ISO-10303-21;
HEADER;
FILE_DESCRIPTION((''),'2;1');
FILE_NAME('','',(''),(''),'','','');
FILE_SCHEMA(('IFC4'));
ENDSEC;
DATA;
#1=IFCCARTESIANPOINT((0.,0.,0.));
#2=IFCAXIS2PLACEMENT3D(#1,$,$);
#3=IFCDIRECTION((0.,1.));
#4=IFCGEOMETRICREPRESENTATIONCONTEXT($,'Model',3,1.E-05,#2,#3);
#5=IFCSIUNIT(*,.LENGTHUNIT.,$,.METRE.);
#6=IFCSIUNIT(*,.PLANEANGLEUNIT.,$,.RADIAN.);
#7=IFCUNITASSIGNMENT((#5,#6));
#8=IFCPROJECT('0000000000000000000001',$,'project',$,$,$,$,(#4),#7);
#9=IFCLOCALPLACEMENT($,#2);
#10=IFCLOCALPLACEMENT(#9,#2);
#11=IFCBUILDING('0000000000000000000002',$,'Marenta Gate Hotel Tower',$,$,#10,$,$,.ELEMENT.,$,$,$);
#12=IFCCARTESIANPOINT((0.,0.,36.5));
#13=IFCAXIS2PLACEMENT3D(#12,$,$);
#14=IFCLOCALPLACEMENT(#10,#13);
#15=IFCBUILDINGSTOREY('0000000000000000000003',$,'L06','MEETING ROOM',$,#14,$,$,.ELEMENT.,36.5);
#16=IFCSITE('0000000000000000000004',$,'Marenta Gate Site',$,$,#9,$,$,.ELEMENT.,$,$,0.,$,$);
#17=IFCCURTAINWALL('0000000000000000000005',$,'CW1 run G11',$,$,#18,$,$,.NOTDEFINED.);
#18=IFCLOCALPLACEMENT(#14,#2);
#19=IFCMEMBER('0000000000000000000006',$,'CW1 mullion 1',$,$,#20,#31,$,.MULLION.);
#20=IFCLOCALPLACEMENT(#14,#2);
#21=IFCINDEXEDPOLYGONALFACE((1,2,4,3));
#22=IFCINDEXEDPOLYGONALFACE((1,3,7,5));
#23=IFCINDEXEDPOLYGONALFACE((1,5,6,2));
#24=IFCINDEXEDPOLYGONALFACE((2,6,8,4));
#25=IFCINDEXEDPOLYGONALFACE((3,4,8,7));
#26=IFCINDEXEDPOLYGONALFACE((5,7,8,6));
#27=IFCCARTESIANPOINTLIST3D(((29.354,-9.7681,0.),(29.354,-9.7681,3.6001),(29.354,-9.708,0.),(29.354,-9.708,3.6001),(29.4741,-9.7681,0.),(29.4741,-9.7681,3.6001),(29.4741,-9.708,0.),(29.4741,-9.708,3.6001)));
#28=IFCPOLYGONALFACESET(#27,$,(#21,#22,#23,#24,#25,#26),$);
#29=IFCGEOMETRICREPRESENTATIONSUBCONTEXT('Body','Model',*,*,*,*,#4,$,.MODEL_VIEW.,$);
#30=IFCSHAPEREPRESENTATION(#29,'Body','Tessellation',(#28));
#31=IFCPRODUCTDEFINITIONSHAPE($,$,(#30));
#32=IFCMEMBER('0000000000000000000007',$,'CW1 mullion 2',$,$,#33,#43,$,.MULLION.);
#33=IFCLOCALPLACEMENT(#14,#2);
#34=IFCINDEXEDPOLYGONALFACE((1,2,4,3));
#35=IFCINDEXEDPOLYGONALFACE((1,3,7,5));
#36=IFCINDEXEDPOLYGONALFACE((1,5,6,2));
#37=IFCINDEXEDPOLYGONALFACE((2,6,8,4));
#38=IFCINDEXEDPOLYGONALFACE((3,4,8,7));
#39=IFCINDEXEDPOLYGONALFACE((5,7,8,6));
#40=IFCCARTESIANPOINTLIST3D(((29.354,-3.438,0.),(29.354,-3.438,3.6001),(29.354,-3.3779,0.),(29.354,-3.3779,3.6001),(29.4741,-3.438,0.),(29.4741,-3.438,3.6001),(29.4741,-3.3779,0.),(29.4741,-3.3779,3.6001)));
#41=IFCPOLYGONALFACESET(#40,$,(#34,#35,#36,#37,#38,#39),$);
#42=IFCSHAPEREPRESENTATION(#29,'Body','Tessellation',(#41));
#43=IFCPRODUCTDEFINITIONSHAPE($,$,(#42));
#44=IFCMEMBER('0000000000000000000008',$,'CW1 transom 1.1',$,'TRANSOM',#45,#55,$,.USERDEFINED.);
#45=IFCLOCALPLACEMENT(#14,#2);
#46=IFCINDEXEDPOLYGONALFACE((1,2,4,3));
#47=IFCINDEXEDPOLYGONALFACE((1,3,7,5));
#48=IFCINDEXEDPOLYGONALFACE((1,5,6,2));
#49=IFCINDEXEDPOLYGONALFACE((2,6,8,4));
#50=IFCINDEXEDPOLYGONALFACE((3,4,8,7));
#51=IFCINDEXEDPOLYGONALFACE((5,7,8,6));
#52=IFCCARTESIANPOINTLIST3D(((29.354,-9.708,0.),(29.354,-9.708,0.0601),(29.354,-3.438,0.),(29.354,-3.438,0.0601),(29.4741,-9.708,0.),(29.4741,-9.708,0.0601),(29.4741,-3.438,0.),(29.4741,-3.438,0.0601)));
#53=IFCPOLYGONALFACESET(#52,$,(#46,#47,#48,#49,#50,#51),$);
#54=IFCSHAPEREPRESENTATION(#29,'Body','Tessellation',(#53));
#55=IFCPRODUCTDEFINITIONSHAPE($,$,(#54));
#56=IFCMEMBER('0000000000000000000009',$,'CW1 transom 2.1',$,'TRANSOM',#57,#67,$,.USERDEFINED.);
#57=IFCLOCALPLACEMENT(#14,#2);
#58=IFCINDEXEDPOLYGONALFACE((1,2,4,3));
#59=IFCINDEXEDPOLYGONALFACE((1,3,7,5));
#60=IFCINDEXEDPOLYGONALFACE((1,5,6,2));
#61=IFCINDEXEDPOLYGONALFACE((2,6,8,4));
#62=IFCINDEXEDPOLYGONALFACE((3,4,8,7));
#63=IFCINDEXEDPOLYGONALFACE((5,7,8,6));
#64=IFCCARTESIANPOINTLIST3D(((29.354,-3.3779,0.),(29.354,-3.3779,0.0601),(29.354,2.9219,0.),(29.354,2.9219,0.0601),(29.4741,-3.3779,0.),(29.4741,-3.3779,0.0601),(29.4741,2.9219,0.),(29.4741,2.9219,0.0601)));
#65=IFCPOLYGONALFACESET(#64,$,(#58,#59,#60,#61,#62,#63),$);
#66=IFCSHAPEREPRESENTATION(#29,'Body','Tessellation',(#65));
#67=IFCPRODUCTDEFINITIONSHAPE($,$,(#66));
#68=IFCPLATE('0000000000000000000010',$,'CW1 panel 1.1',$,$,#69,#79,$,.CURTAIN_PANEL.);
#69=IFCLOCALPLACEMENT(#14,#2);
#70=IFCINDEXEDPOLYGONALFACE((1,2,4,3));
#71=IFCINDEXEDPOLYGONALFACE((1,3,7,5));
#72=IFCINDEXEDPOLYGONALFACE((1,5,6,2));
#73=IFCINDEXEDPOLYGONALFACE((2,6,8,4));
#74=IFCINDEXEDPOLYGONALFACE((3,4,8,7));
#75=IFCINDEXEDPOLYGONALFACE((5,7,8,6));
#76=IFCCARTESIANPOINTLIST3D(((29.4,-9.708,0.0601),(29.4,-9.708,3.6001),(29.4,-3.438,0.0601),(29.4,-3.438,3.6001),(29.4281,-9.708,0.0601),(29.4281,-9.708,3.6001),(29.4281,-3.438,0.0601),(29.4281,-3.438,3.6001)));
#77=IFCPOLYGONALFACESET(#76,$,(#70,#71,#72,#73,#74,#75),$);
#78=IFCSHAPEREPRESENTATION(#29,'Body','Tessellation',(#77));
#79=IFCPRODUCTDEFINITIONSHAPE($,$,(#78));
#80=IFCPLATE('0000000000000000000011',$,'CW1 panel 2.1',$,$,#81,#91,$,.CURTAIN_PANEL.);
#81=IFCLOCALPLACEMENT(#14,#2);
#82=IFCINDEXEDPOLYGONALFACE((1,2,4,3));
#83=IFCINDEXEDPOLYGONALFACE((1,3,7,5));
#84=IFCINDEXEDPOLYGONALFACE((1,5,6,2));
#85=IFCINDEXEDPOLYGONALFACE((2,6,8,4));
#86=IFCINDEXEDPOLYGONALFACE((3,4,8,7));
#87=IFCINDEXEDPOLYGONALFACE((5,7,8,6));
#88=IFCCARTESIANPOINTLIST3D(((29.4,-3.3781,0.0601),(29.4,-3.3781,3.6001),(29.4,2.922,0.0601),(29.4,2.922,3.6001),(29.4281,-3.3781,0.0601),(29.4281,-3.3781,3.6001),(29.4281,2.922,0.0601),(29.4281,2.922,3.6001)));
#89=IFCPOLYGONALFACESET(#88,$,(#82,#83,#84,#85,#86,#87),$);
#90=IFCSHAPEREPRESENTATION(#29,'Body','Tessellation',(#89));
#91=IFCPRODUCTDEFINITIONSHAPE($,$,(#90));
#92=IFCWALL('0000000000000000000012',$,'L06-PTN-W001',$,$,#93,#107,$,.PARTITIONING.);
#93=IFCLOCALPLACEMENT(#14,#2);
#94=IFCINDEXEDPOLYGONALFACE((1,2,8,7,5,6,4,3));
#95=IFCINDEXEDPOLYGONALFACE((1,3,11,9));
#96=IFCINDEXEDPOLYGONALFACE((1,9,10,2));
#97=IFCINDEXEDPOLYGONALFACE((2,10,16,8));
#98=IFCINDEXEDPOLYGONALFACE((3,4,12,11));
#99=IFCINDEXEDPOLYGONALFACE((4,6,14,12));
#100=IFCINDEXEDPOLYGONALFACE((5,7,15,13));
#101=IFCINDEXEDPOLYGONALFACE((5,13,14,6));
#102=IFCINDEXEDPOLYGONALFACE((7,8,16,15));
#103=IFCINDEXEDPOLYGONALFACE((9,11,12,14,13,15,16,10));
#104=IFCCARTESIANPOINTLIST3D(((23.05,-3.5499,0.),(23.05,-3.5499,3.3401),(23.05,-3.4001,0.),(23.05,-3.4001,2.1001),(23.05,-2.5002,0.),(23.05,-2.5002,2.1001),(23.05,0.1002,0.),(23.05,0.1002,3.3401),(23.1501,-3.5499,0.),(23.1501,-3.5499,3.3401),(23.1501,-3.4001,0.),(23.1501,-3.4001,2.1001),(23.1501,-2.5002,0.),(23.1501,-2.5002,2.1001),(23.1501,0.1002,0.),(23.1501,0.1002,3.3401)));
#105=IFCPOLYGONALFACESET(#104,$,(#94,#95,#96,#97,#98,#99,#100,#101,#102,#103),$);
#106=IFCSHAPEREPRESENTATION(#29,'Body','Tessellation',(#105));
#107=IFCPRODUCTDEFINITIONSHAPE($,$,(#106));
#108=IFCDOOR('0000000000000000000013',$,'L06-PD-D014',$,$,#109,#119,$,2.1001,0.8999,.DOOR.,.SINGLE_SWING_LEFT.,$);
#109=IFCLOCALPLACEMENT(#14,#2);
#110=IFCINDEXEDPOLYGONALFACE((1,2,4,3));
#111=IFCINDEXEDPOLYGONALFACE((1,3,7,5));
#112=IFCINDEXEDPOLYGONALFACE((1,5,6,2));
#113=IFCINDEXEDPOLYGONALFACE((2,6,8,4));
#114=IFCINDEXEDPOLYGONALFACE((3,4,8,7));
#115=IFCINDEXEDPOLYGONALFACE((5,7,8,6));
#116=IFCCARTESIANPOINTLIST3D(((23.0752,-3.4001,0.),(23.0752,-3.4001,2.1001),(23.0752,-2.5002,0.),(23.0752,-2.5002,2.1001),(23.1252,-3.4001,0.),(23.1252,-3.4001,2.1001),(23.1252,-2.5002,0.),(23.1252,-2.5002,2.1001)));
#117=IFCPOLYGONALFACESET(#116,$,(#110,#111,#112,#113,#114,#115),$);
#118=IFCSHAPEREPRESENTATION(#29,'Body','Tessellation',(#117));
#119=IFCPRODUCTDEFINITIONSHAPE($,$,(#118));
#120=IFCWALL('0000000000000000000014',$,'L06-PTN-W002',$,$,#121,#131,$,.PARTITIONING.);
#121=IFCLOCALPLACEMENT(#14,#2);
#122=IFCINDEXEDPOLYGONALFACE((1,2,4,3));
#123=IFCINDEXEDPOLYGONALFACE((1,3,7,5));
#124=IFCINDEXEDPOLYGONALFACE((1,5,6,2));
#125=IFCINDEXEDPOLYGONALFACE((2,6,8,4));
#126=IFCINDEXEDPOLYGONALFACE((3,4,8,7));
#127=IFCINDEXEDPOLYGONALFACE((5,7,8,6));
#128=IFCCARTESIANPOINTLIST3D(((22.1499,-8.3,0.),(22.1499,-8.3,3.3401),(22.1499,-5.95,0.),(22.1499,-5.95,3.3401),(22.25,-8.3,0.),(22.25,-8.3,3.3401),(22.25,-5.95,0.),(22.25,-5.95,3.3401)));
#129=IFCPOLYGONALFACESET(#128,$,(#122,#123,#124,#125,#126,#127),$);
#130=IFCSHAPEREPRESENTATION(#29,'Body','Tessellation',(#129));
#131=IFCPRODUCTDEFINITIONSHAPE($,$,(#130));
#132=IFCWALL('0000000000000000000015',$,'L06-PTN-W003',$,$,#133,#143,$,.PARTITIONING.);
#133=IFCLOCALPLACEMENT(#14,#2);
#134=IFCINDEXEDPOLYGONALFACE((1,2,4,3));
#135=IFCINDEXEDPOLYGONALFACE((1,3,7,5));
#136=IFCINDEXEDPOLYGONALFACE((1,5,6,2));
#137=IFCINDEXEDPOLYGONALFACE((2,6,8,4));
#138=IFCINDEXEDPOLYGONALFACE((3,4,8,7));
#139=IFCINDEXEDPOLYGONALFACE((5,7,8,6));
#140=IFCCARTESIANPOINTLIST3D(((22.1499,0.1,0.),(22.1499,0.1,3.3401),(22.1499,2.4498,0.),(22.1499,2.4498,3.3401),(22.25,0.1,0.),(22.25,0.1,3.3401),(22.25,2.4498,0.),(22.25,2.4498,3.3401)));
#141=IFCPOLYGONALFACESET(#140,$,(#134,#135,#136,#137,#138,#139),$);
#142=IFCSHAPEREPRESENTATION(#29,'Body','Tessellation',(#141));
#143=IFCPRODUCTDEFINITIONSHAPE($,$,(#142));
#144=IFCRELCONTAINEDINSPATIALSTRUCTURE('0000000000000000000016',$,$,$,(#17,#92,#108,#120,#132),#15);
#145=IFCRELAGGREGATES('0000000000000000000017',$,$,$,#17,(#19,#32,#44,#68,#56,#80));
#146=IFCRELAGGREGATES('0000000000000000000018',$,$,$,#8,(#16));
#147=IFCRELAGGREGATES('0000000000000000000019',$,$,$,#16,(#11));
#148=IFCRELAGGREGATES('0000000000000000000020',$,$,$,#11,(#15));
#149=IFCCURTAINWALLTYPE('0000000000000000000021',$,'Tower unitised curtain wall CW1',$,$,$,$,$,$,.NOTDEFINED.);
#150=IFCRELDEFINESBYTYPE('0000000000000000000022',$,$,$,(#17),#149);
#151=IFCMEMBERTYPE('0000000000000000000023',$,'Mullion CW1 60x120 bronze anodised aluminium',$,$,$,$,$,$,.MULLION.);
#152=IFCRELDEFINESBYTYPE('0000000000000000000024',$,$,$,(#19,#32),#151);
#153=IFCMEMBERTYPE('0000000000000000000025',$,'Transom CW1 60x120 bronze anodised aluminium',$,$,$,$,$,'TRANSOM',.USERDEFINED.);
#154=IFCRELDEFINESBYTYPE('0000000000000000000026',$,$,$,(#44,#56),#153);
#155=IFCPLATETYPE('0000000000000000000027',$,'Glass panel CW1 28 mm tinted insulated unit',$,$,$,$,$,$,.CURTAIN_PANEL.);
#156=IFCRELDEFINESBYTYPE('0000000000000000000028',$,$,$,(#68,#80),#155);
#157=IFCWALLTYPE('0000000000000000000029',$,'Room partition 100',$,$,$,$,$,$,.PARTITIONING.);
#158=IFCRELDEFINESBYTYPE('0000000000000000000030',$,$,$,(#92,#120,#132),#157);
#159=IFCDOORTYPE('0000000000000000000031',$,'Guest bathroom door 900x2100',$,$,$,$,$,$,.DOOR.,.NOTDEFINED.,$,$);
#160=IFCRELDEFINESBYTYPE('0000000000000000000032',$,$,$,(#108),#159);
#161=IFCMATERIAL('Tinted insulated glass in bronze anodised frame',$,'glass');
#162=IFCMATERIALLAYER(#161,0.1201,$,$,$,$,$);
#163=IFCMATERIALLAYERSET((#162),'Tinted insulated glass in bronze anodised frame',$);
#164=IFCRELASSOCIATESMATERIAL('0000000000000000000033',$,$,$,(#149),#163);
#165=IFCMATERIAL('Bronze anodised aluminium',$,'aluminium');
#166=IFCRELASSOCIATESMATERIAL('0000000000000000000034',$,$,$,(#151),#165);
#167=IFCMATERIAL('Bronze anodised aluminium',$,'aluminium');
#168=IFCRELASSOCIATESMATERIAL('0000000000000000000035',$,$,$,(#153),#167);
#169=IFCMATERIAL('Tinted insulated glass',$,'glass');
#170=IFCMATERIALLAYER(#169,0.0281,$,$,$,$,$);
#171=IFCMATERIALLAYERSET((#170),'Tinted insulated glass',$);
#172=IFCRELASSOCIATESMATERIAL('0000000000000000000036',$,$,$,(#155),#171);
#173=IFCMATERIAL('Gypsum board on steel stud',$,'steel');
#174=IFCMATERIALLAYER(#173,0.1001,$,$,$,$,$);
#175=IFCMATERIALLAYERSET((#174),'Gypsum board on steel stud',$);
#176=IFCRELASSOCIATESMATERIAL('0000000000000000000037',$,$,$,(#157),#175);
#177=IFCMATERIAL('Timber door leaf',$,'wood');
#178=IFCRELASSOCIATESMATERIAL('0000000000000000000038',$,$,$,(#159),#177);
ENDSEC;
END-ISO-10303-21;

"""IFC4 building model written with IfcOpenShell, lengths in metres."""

from ifc_helpers import new_model, si_unit, direction, frame, frame_2d, origin, origin_2d, place, context, subcontext, project, spatial, rectangle, extrude, material, layer, layer_set, material_profile, profile_set, type_object, element, fill, aggregate, save


model = new_model("IFC4")

# Units and contexts
model_context = context("Model", 3, precision=1e-05, world=origin(), true_north=direction((0.0, 1.0)))
body_context = subcontext(model_context, "Body", "Model", "MODEL_VIEW")
ifc_project = project(units=[si_unit("LENGTHUNIT", "METRE"), si_unit("PLANEANGLEUNIT", "RADIAN")], contexts=[model_context])

# Site, building, storey
site_placement = place(None, origin())
site = spatial("IfcSite", under=ifc_project, at=site_placement, Name="Marenta Gate Site", CompositionType="ELEMENT", RefElevation=0.0)
building_placement = place(site_placement, origin())
building = spatial("IfcBuilding", under=site, at=building_placement, Name="Marenta Gate Hotel Tower", CompositionType="ELEMENT")
storey_placement = place(building_placement, frame((0.0, 0.0, 36.5)))
storey = spatial("IfcBuildingStorey", under=building, at=storey_placement, Name="L06", Description="MEETING ROOM", CompositionType="ELEMENT", Elevation=36.5)

# Curtain wall, members, plates
ifc_material_1 = material(Name="Tinted insulated glass in bronze anodised frame", Category="glass")
ifc_layer_1 = layer(ifc_material_1, 0.1201)
ifc_layer_set_1 = layer_set([ifc_layer_1], Name="Tinted insulated glass in bronze anodised frame")
curtain_wall_type = type_object("IfcCurtainWallType", Name="Tower unitised curtain wall CW1", PredefinedType="NOTDEFINED", material=ifc_layer_set_1)
curtain_wall_placement = place(storey_placement, origin())
curtain_wall = element("IfcCurtainWall", 1, at=curtain_wall_placement, inside=storey, type_object=curtain_wall_type, Name="CW1 run G11", PredefinedType="NOTDEFINED")
ifc_material_2 = material(Name="Bronze anodised aluminium", Category="aluminium")
ifc_material_profile_1 = material_profile(ifc_material_2, rectangle(XDim=0.1201, YDim=0.0601, at=origin_2d()), Name="Mullion CW1 60x120 bronze anodised aluminium")
ifc_profile_set_1 = profile_set([ifc_material_profile_1], Name="Bronze anodised aluminium")
member_type_1 = type_object("IfcMemberType", Name="Mullion CW1 60x120 bronze anodised aluminium", PredefinedType="MULLION", material=ifc_profile_set_1)
member_1_placement = place(storey_placement, frame((29.4141, -9.738, 0.0), z_axis=(0.0, 0.0, 1.0), x_axis=(-1.0, 0.0, 0.0)))
member_1 = element("IfcMember", 2, at=member_1_placement, type_object=member_type_1, Name="CW1 mullion 1", PredefinedType="MULLION", context=body_context, shape_type="SweptSolid", body=[
    extrude(rectangle(XDim=0.1201, YDim=0.0601, at=origin_2d()), origin(), (0.0, 0.0, 1.0), 3.6001),
])
member_2_placement = place(storey_placement, frame((29.4141, -3.408, 0.0), z_axis=(0.0, 0.0, 1.0), x_axis=(-1.0, 0.0, 0.0)))
member_2 = element("IfcMember", 3, at=member_2_placement, type_object=member_type_1, Name="CW1 mullion 2", PredefinedType="MULLION", context=body_context, shape_type="SweptSolid", body=[
    extrude(rectangle(XDim=0.1201, YDim=0.0601, at=origin_2d()), origin(), (0.0, 0.0, 1.0), 3.6001),
])
ifc_material_3 = material(Name="Bronze anodised aluminium", Category="aluminium")
ifc_material_profile_2 = material_profile(ifc_material_3, rectangle(XDim=0.1201, YDim=0.0601, at=origin_2d()), Name="Transom CW1 60x120 bronze anodised aluminium")
ifc_profile_set_2 = profile_set([ifc_material_profile_2], Name="Bronze anodised aluminium")
member_type_2 = type_object("IfcMemberType", Name="Transom CW1 60x120 bronze anodised aluminium", ElementType="TRANSOM", PredefinedType="USERDEFINED", material=ifc_profile_set_2)
member_3_placement = place(storey_placement, frame((29.4141, -9.708, 0.03), z_axis=(0.0, 1.0, 0.0), x_axis=(-1.0, 0.0, 0.0)))
member_3 = element("IfcMember", 4, at=member_3_placement, type_object=member_type_2, Name="CW1 transom 1.1", ObjectType="TRANSOM", PredefinedType="USERDEFINED", context=body_context, shape_type="SweptSolid", body=[
    extrude(rectangle(XDim=0.1201, YDim=0.0601, at=origin_2d()), origin(), (0.0, 0.0, 1.0), 6.27),
])
member_4_placement = place(storey_placement, frame((29.4141, -3.3779, 0.03), z_axis=(0.0, 1.0, 0.0), x_axis=(-1.0, 0.0, 0.0)))
member_4 = element("IfcMember", 5, at=member_4_placement, type_object=member_type_2, Name="CW1 transom 2.1", ObjectType="TRANSOM", PredefinedType="USERDEFINED", context=body_context, shape_type="SweptSolid", body=[
    extrude(rectangle(XDim=0.1201, YDim=0.0601, at=origin_2d()), origin(), (0.0, 0.0, 1.0), 6.2998),
])
ifc_material_4 = material(Name="Tinted insulated glass", Category="glass")
ifc_layer_2 = layer(ifc_material_4, 0.0281)
ifc_layer_set_2 = layer_set([ifc_layer_2], Name="Tinted insulated glass")
plate_type = type_object("IfcPlateType", Name="Glass panel CW1 28 mm tinted insulated unit", PredefinedType="CURTAIN_PANEL", material=ifc_layer_set_2)
plate_1_placement = place(storey_placement, frame((29.4141, -6.573, 0.0601), z_axis=(0.0, 0.0, 1.0), x_axis=(0.0, 1.0, 0.0)))
plate_1 = element("IfcPlate", 6, at=plate_1_placement, type_object=plate_type, Name="CW1 panel 1.1", PredefinedType="CURTAIN_PANEL", context=body_context, shape_type="SweptSolid", body=[
    extrude(rectangle(XDim=6.27, YDim=0.0281, at=origin_2d()), origin(), (0.0, 0.0, 1.0), 3.54),
])
plate_2_placement = place(storey_placement, frame((29.4141, -0.228, 0.0601), z_axis=(0.0, 0.0, 1.0), x_axis=(0.0, 1.0, 0.0)))
plate_2 = element("IfcPlate", 7, at=plate_2_placement, type_object=plate_type, Name="CW1 panel 2.1", PredefinedType="CURTAIN_PANEL", context=body_context, shape_type="SweptSolid", body=[
    extrude(rectangle(XDim=6.3, YDim=0.0281, at=origin_2d()), origin(), (0.0, 0.0, 1.0), 3.54),
])
aggregate(curtain_wall, [member_1, member_2, member_3, plate_1, member_4, plate_2])

# Wall, opening, door
ifc_material_5 = material(Name="Gypsum board on steel stud", Category="steel")
ifc_layer_3 = layer(ifc_material_5, 0.1001)
ifc_layer_set_3 = layer_set([ifc_layer_3], Name="Gypsum board on steel stud")
wall_type = type_object("IfcWallType", Name="Room partition 100", PredefinedType="PARTITIONING", material=ifc_layer_set_3)
wall_1_placement = place(storey_placement, frame((23.1001, -3.55, 0.0), z_axis=(0.0, 0.0, 1.0), x_axis=(0.0, 1.0, 0.0)))
wall_1 = element("IfcWall", 8, at=wall_1_placement, inside=storey, type_object=wall_type, Name="L06-PTN-W001", PredefinedType="PARTITIONING", context=body_context, shape_type="SweptSolid", body=[
    extrude(rectangle(XDim=3.6501, YDim=0.1001, at=frame_2d((1.8252, 0.0))), origin(), (0.0, 0.0, 1.0), 3.3401),
])
opening_placement = place(wall_1_placement, frame((0.1499, 0.0, 0.0)))
opening = element("IfcOpeningElement", 9, at=opening_placement, cuts=wall_1, PredefinedType="OPENING", context=body_context, shape_type="SweptSolid", body=[
    extrude(rectangle(XDim=0.8999, YDim=2.1001, at=frame_2d((0.45, 1.05))), frame((0.0, 0.05, 0.0), z_axis=(0.0, -1.0, 0.0), x_axis=(1.0, 0.0, 0.0)), (0.0, 0.0, 1.0), 0.1001),
])
ifc_material_6 = material(Name="Timber door leaf", Category="wood")
door_type = type_object("IfcDoorType", Name="Guest bathroom door 900x2100", OperationType="NOTDEFINED", PredefinedType="DOOR", material=ifc_material_6)
door_placement = place(opening_placement, origin())
door = element("IfcDoor", 10, at=door_placement, inside=storey, type_object=door_type, Name="L06-PD-D014", OperationType="SINGLE_SWING_LEFT", OverallHeight=2.1001, OverallWidth=0.8999, PredefinedType="DOOR", context=body_context, shape_type="SweptSolid", body=[
    extrude(rectangle(XDim=0.8999, YDim=2.1001, at=frame_2d((0.45, 1.05))), frame((0.0, 0.0249, 0.0), z_axis=(0.0, -1.0, 0.0), x_axis=(1.0, 0.0, 0.0)), (0.0, 0.0, 1.0), 0.05),
])
fill(opening, door)

# Walls
wall_2_placement = place(storey_placement, frame((22.2, -8.3, 0.0), z_axis=(0.0, 0.0, 1.0), x_axis=(0.0, 1.0, 0.0)))
element("IfcWall", 11, at=wall_2_placement, inside=storey, type_object=wall_type, Name="L06-PTN-W002", PredefinedType="PARTITIONING", context=body_context, shape_type="SweptSolid", body=[
    extrude(rectangle(XDim=2.3501, YDim=0.1001, at=frame_2d((1.175, 0.0))), origin(), (0.0, 0.0, 1.0), 3.3401),
])
wall_3_placement = place(storey_placement, frame((22.2, 0.1001, 0.0), z_axis=(0.0, 0.0, 1.0), x_axis=(0.0, 1.0, 0.0)))
element("IfcWall", 12, at=wall_3_placement, inside=storey, type_object=wall_type, Name="L06-PTN-W003", PredefinedType="PARTITIONING", context=body_context, shape_type="SweptSolid", body=[
    extrude(rectangle(XDim=2.3499, YDim=0.1001, at=frame_2d((1.1748, 0.0))), origin(), (0.0, 0.0, 1.0), 3.3401),
])

save(model, "model.ifc")
